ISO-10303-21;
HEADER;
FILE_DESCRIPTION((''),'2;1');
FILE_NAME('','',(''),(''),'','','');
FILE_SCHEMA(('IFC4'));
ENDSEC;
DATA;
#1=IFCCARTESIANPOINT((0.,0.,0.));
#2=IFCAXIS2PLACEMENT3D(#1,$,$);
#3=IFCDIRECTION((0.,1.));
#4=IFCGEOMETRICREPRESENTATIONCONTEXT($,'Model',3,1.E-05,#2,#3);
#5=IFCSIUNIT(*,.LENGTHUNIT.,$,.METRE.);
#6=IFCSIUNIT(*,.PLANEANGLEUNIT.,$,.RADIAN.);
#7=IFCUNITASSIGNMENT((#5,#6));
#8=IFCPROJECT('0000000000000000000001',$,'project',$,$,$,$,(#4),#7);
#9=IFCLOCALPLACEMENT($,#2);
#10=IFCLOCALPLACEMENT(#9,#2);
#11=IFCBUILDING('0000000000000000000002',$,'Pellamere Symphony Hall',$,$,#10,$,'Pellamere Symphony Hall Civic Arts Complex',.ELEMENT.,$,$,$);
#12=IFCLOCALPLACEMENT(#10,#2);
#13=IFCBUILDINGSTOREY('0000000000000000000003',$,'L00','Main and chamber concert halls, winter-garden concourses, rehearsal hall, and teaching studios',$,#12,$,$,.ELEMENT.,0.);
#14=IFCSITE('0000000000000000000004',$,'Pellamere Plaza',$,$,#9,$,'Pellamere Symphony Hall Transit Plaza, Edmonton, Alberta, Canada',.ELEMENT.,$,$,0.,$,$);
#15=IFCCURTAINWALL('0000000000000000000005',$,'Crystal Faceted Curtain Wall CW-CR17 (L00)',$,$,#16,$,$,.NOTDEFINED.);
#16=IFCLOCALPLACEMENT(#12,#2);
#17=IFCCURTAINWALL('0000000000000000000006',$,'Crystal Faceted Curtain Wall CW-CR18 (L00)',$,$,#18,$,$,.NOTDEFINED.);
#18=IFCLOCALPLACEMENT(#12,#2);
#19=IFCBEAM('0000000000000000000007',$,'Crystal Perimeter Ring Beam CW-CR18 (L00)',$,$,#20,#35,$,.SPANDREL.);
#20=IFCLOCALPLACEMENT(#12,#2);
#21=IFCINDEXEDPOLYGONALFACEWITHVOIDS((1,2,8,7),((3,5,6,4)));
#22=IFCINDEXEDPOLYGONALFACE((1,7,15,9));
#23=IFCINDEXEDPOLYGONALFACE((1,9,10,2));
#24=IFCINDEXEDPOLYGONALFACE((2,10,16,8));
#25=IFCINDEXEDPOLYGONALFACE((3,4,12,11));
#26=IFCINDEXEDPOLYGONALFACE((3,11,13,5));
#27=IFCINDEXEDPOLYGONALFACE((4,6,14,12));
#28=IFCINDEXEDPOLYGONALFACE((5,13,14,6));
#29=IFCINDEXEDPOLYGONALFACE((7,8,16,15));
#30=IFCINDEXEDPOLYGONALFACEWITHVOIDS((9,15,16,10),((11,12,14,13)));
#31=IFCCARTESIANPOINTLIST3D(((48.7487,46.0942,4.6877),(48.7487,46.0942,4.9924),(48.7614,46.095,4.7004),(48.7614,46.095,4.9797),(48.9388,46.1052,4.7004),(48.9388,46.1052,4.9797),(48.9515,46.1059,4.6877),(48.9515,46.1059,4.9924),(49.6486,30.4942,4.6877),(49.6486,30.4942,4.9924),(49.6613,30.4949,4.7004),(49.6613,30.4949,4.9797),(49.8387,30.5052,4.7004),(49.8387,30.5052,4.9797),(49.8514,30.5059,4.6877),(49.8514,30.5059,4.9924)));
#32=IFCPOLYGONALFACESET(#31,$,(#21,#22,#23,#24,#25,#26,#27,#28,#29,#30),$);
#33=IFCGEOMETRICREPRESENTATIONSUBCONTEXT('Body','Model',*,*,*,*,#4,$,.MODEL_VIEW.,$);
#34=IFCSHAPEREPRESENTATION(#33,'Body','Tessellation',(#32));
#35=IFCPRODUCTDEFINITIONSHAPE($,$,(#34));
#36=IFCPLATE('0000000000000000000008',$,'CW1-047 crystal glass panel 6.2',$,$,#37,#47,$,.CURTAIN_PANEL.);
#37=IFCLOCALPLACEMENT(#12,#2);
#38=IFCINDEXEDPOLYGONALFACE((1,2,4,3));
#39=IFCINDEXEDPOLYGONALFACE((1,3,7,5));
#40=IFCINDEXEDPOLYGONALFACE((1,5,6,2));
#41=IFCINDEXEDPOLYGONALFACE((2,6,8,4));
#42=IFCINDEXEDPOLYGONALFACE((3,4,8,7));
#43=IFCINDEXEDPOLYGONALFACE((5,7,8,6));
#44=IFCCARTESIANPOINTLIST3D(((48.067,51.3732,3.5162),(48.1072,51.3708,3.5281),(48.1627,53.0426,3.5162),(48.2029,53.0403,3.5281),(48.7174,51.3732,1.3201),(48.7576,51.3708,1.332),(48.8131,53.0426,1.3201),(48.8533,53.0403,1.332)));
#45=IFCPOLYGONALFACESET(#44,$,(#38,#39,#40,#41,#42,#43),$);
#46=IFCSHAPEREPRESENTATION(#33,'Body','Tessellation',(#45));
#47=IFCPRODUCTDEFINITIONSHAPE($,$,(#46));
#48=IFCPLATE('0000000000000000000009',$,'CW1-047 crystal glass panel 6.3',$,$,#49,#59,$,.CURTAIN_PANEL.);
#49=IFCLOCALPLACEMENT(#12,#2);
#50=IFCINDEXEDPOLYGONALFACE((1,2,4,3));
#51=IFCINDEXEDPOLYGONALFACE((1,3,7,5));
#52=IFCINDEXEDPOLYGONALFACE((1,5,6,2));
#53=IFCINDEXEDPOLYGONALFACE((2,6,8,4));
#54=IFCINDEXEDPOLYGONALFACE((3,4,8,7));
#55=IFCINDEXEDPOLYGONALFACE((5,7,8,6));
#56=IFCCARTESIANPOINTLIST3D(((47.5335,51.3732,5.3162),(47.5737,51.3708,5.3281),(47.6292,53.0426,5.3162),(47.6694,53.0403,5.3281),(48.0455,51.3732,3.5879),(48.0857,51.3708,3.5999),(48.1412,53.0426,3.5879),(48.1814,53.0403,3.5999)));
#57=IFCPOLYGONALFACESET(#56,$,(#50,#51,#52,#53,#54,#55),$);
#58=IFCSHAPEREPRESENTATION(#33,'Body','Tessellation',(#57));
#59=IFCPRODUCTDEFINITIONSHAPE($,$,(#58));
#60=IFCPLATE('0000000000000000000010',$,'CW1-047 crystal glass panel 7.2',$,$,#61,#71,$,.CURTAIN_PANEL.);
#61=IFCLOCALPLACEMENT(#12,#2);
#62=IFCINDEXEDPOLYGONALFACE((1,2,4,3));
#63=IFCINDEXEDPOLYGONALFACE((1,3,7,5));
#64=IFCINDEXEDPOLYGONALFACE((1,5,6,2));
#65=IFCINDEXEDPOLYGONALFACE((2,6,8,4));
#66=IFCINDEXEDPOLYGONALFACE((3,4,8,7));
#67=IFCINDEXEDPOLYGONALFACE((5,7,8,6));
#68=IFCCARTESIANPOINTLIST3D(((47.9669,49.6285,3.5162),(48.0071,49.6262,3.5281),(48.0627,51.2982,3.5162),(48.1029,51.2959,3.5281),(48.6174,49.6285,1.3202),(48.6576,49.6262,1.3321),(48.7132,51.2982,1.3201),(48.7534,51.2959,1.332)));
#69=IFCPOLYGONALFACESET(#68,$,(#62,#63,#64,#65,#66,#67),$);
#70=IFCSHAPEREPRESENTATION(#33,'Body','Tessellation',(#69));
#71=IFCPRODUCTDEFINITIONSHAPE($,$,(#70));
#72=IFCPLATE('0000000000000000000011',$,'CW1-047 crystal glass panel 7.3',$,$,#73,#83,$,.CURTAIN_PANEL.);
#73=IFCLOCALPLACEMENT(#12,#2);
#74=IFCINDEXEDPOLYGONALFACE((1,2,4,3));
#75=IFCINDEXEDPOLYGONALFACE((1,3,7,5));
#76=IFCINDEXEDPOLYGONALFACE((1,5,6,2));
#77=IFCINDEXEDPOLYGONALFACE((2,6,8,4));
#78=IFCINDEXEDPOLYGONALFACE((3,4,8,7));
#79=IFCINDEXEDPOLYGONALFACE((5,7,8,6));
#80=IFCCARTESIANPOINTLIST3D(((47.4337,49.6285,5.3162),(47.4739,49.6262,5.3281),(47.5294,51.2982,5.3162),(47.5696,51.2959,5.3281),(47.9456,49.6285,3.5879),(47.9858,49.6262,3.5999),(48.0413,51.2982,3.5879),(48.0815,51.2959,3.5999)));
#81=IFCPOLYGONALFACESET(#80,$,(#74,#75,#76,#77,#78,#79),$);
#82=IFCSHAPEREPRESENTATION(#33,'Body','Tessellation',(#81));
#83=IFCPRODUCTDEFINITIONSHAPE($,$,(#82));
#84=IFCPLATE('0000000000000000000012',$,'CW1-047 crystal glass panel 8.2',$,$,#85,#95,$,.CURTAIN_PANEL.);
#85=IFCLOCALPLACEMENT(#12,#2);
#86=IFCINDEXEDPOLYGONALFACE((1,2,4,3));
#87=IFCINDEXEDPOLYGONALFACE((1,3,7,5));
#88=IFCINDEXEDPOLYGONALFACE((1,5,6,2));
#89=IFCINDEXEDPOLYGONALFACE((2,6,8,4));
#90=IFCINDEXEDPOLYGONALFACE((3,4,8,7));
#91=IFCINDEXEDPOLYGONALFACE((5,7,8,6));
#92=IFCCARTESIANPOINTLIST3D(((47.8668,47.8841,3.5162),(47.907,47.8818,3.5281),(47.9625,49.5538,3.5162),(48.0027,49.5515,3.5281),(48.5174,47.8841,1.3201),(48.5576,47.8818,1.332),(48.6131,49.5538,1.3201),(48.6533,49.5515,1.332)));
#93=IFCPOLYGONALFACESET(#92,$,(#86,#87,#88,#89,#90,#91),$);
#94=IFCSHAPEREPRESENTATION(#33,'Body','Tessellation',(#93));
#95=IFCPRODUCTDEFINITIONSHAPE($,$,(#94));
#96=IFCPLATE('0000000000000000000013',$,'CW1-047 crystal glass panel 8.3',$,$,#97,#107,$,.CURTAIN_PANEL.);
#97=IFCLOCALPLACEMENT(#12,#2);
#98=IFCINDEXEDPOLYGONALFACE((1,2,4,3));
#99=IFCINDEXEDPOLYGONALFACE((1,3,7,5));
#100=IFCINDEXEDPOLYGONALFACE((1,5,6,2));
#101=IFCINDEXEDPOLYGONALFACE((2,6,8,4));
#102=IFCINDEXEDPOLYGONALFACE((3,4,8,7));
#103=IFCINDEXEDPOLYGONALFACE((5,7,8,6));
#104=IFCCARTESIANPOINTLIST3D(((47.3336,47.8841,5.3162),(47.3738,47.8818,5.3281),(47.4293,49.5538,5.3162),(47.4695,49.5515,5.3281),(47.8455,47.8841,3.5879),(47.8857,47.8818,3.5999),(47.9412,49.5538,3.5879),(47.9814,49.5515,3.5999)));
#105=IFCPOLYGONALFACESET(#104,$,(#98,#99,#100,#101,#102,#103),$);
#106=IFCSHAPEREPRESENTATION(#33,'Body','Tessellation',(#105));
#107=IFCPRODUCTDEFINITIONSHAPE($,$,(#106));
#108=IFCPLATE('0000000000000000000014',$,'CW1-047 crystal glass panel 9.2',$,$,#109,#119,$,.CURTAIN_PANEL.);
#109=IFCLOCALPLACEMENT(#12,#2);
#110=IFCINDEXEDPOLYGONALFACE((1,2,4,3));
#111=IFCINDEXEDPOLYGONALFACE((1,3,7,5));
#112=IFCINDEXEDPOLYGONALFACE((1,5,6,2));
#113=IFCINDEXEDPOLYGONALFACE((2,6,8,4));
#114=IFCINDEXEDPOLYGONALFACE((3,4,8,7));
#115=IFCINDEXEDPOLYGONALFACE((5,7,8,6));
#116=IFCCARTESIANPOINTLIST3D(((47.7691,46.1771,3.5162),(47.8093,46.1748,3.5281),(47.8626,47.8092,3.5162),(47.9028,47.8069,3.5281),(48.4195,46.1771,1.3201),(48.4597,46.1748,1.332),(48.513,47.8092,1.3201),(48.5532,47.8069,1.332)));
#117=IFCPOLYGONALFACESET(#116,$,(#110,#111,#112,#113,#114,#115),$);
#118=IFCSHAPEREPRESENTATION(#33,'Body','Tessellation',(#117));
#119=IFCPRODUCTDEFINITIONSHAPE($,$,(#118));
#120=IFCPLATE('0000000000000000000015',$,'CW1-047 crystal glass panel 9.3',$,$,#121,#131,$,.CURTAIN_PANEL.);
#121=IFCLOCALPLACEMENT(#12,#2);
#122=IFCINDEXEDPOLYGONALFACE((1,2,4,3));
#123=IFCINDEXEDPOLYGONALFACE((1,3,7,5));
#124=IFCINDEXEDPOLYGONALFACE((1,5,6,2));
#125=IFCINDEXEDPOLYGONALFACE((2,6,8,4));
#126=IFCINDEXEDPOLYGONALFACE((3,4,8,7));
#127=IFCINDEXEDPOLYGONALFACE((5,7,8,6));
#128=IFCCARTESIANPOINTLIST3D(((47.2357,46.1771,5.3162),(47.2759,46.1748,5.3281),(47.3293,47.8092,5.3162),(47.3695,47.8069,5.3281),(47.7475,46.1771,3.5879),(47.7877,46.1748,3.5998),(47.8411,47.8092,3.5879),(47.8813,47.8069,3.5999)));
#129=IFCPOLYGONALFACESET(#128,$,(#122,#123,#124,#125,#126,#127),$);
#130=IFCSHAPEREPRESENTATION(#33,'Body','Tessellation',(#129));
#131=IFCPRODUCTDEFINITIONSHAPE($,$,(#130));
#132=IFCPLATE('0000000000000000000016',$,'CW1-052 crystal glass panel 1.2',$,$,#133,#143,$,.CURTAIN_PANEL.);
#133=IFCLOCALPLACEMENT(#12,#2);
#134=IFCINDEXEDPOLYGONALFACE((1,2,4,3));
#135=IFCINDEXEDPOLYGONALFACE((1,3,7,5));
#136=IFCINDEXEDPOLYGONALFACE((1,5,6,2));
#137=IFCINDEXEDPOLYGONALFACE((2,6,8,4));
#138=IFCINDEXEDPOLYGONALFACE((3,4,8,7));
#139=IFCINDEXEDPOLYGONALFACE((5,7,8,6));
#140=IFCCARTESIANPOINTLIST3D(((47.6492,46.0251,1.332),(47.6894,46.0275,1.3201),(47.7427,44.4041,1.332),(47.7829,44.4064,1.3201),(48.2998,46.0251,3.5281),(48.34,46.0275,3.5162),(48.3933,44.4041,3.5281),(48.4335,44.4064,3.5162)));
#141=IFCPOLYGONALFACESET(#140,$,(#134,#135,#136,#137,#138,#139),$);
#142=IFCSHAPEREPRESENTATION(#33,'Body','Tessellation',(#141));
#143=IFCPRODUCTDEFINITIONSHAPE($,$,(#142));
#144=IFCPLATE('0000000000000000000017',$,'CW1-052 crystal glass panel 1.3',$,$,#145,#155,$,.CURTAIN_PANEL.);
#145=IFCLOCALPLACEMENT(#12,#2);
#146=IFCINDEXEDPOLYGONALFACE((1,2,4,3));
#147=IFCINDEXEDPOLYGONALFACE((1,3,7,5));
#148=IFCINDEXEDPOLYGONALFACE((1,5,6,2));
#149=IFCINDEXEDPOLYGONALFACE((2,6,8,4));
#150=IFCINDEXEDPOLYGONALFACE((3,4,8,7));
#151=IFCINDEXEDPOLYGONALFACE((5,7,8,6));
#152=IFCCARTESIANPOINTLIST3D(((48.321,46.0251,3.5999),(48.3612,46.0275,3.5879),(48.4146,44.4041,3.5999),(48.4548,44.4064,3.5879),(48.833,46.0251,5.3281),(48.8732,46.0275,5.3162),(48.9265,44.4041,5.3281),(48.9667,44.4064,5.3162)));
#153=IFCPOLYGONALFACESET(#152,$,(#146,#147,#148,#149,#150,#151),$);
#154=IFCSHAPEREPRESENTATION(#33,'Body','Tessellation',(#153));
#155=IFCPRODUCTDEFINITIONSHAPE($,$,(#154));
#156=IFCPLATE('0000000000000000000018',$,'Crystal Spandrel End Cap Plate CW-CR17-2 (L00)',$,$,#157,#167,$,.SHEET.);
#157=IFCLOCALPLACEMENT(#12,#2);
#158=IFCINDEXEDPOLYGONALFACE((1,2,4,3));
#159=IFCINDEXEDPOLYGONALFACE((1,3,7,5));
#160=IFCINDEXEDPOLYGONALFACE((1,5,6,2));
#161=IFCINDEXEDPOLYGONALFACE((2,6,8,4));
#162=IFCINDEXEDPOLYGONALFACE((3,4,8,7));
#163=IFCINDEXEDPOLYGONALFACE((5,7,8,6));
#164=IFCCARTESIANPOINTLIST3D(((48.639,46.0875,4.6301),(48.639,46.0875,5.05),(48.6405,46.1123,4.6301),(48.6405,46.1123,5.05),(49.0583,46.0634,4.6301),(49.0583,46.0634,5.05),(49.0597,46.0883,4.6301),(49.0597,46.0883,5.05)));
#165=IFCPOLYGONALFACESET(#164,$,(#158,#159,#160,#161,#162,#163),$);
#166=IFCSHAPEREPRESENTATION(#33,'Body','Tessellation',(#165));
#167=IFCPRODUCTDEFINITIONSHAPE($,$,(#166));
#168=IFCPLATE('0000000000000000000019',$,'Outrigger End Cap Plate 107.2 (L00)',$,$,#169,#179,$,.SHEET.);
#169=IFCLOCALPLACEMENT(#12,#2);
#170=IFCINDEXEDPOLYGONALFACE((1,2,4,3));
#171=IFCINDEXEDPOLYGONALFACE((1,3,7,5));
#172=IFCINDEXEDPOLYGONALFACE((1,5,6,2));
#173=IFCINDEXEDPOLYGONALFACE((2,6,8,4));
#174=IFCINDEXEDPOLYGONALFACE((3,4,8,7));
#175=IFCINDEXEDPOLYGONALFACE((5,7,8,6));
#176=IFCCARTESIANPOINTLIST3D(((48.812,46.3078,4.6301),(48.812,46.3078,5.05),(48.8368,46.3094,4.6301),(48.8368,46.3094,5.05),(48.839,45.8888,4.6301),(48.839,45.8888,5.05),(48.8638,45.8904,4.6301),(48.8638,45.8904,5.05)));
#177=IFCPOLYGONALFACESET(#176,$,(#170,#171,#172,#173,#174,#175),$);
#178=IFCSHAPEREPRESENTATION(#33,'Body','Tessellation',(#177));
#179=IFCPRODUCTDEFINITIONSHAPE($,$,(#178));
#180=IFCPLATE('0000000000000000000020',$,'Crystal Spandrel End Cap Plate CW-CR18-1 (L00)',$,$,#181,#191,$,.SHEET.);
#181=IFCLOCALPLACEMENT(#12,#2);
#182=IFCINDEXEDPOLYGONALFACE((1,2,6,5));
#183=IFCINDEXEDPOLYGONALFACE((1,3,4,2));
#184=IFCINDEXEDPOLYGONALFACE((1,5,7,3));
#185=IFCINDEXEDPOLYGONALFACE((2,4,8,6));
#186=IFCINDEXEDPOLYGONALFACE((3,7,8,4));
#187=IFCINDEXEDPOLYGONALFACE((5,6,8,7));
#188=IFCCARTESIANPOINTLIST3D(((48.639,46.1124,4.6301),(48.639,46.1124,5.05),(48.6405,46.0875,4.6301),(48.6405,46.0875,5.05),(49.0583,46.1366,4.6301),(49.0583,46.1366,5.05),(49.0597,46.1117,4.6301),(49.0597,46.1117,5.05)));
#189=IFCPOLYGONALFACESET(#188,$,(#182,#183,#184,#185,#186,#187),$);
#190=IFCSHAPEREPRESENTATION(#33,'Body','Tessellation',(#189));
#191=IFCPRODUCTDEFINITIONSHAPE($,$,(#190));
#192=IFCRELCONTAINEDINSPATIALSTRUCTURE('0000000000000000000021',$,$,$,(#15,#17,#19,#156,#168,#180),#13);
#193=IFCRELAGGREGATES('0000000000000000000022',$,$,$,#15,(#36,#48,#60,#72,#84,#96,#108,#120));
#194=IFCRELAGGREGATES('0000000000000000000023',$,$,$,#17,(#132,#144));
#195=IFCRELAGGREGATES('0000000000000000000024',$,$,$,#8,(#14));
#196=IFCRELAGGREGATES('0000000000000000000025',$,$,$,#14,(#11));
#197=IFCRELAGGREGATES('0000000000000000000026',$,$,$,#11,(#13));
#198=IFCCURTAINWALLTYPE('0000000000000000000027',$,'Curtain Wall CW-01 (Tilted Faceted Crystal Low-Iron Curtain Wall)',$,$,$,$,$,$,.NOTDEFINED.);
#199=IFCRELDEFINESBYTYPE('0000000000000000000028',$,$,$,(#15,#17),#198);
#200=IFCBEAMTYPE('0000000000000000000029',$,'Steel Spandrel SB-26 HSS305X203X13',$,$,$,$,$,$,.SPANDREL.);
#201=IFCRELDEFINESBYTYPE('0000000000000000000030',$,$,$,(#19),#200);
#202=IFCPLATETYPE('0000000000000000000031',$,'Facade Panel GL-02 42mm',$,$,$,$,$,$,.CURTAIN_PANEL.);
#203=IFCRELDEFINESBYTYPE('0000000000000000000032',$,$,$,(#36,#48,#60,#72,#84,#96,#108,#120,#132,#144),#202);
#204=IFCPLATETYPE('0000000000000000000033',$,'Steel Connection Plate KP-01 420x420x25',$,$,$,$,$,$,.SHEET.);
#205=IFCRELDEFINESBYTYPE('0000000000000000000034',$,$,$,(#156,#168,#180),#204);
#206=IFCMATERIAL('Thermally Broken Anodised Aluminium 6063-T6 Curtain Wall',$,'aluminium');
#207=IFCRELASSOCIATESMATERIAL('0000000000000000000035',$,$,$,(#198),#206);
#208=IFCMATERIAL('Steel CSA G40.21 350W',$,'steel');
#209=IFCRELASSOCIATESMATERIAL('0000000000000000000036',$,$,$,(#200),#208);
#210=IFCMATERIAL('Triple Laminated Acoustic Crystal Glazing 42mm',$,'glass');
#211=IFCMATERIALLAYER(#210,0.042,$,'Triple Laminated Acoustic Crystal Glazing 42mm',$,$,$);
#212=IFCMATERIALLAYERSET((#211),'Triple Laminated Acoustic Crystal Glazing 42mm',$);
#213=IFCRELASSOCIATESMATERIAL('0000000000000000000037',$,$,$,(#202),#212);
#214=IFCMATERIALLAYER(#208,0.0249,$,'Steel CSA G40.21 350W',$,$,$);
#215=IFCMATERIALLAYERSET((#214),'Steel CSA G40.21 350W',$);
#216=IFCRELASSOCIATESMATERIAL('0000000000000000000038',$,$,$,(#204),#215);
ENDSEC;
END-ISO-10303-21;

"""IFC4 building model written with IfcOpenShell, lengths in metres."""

from ifc_helpers import new_model, si_unit, direction, frame, origin, origin_2d, place, context, subcontext, project, spatial, polyline, rectangle, hollow_rectangle, outline, extrude, material, layer, layer_set, material_profile, profile_set, type_object, element, aggregate, save


model = new_model("IFC4")

# Units and contexts
model_context = context("Model", 3, precision=1e-05, world=origin(), true_north=direction((0.0, 1.0)))
body_context = subcontext(model_context, "Body", "Model", "MODEL_VIEW")
ifc_project = project(units=[si_unit("LENGTHUNIT", "METRE"), si_unit("PLANEANGLEUNIT", "RADIAN")], contexts=[model_context])

# Site, building, storey
site_placement = place(None, origin())
site = spatial("IfcSite", under=ifc_project, at=site_placement, Name="Pellamere Plaza", LongName="Pellamere Symphony Hall Transit Plaza, Edmonton, Alberta, Canada", CompositionType="ELEMENT", RefElevation=0.0)
building_placement = place(site_placement, origin())
building = spatial("IfcBuilding", under=site, at=building_placement, Name="Pellamere Symphony Hall", LongName="Pellamere Symphony Hall Civic Arts Complex", CompositionType="ELEMENT")
storey_placement = place(building_placement, origin())
storey = spatial("IfcBuildingStorey", under=building, at=storey_placement, Name="L00", Description="Main and chamber concert halls, winter-garden concourses, rehearsal hall, and teaching studios", CompositionType="ELEMENT", Elevation=0.0)

# Curtain walls
ifc_material_1 = material(Name="Thermally Broken Anodised Aluminium 6063-T6 Curtain Wall", Category="aluminium")
curtain_wall_type = type_object("IfcCurtainWallType", Name="Curtain Wall CW-01 (Tilted Faceted Crystal Low-Iron Curtain Wall)", PredefinedType="NOTDEFINED", material=ifc_material_1)
curtain_wall_1_placement = place(storey_placement, origin())
curtain_wall_1 = element("IfcCurtainWall", 1, at=curtain_wall_1_placement, inside=storey, type_object=curtain_wall_type, Name="Crystal Faceted Curtain Wall CW-CR17 (L00)", PredefinedType="NOTDEFINED")
curtain_wall_2_placement = place(storey_placement, origin())
curtain_wall_2 = element("IfcCurtainWall", 2, at=curtain_wall_2_placement, inside=storey, type_object=curtain_wall_type, Name="Crystal Faceted Curtain Wall CW-CR18 (L00)", PredefinedType="NOTDEFINED")

# Beam
ifc_material_2 = material(Name="Steel CSA G40.21 350W", Category="steel")
ifc_material_profile_1 = material_profile(ifc_material_2, hollow_rectangle(XDim=0.2031, YDim=0.3047, WallThickness=0.0127, at=origin_2d()), Name="HSS305X203X13")
ifc_profile_set_1 = profile_set([ifc_material_profile_1], Name="Steel CSA G40.21 350W")
beam_type_1 = type_object("IfcBeamType", Name="Steel Spandrel SB-26 HSS305X203X13", PredefinedType="SPANDREL", material=ifc_profile_set_1)
beam_1_placement = place(storey_placement, frame((48.8501, 46.1001, 4.8401), z_axis=(0.05759, -0.99834, 0.0), x_axis=(0.99834, 0.05759, 0.0)))
element("IfcBeam", 3, at=beam_1_placement, inside=storey, type_object=beam_type_1, Name="Crystal Perimeter Ring Beam CW-CR18 (L00)", PredefinedType="SPANDREL", context=body_context, shape_type="SweptSolid", body=[
    extrude(hollow_rectangle(XDim=0.2031, YDim=0.3047, WallThickness=0.0127, at=origin_2d()), origin(), (0.0, 0.0, 1.0), 15.626),
])

# Plates
ifc_material_3 = material(Name="Triple Laminated Acoustic Crystal Glazing 42mm", Category="glass")
ifc_layer_1 = layer(ifc_material_3, 0.042, Name="Triple Laminated Acoustic Crystal Glazing 42mm")
ifc_layer_set_1 = layer_set([ifc_layer_1], Name="Triple Laminated Acoustic Crystal Glazing 42mm")
plate_type_1 = type_object("IfcPlateType", Name="Facade Panel GL-02 42mm", PredefinedType="CURTAIN_PANEL", material=ifc_layer_set_1)
plate_1_placement = place(storey_placement, frame((48.8533, 53.0403, 1.332), z_axis=(0.957387, -0.054884, 0.283544), x_axis=(-0.057233, -0.998361, 0.0)))
plate_1 = element("IfcPlate", 4, at=plate_1_placement, type_object=plate_type_1, Name="CW1-047 crystal glass panel 6.2", PredefinedType="CURTAIN_PANEL", context=body_context, shape_type="SweptSolid", body=[
    extrude(outline(polyline([(0.0, 0.0), (1.6722, 0.0), (1.7094, -2.29), (0.0372, -2.29), (0.0, 0.0)])), origin(), (0.0, 0.0, -1.0), 0.042),
])
plate_2_placement = place(storey_placement, frame((48.1814, 53.0403, 3.5999), z_axis=(0.957371, -0.054883, 0.2836), x_axis=(-0.057233, -0.998361, 0.0)))
plate_2 = element("IfcPlate", 5, at=plate_2_placement, type_object=plate_type_1, Name="CW1-047 crystal glass panel 6.3", PredefinedType="CURTAIN_PANEL", context=body_context, shape_type="SweptSolid", body=[
    extrude(outline(polyline([(0.0, 0.0), (1.6722, 0.0), (1.7015, -1.8023), (0.0293, -1.8023), (0.0, 0.0)])), origin(), (0.0, 0.0, -1.0), 0.042),
])
plate_3_placement = place(storey_placement, frame((48.7534, 51.2959, 1.332), z_axis=(0.95737, -0.054945, 0.283592), x_axis=(-0.057303, -0.998357, 0.00002)))
plate_3 = element("IfcPlate", 6, at=plate_3_placement, type_object=plate_type_1, Name="CW1-047 crystal glass panel 7.2", PredefinedType="CURTAIN_PANEL", context=body_context, shape_type="SweptSolid", body=[
    extrude(outline(polyline([(0.0, 0.0), (1.6724, 0.0), (1.7097, -2.29), (0.0373, -2.2901), (0.0, 0.0)])), origin(), (0.0, 0.0, -1.0), 0.042),
])
plate_4_placement = place(storey_placement, frame((48.0815, 51.2959, 3.5999), z_axis=(0.957371, -0.054875, 0.2836), x_axis=(-0.057224, -0.998361, 0.0)))
plate_4 = element("IfcPlate", 7, at=plate_4_placement, type_object=plate_type_1, Name="CW1-047 crystal glass panel 7.3", PredefinedType="CURTAIN_PANEL", context=body_context, shape_type="SweptSolid", body=[
    extrude(outline(polyline([(0.0, 0.0), (1.6724, 0.0), (1.7017, -1.8023), (0.0293, -1.8023), (0.0, 0.0)])), origin(), (0.0, 0.0, -1.0), 0.042),
])
plate_5_placement = place(storey_placement, frame((48.6533, 49.5515, 1.332), z_axis=(0.957359, -0.054874, 0.283642), x_axis=(-0.057224, -0.998361, 0.0)))
plate_5 = element("IfcPlate", 8, at=plate_5_placement, type_object=plate_type_1, Name="CW1-047 crystal glass panel 8.2", PredefinedType="CURTAIN_PANEL", context=body_context, shape_type="SweptSolid", body=[
    extrude(outline(polyline([(0.0, 0.0), (1.6724, 0.0), (1.7097, -2.2901), (0.0372, -2.2901), (0.0, 0.0)])), origin(), (0.0, 0.0, -1.0), 0.042),
])
plate_6_placement = place(storey_placement, frame((47.9814, 49.5515, 3.5999), z_axis=(0.957371, -0.054875, 0.2836), x_axis=(-0.057224, -0.998361, 0.0)))
plate_6 = element("IfcPlate", 9, at=plate_6_placement, type_object=plate_type_1, Name="CW1-047 crystal glass panel 8.3", PredefinedType="CURTAIN_PANEL", context=body_context, shape_type="SweptSolid", body=[
    extrude(outline(polyline([(0.0, 0.0), (1.6724, 0.0), (1.7017, -1.8023), (0.0293, -1.8023), (0.0, 0.0)])), origin(), (0.0, 0.0, -1.0), 0.042),
])
plate_7_placement = place(storey_placement, frame((48.5532, 47.8069, 1.332), z_axis=(0.957389, -0.054851, 0.283545), x_axis=(-0.057199, -0.998363, 0.0)))
plate_7 = element("IfcPlate", 10, at=plate_7_placement, type_object=plate_type_1, Name="CW1-047 crystal glass panel 9.2", PredefinedType="CURTAIN_PANEL", context=body_context, shape_type="SweptSolid", body=[
    extrude(outline(polyline([(0.0, 0.0), (1.6348, 0.0), (1.672, -2.29), (0.0372, -2.29), (0.0, 0.0)])), origin(), (0.0, 0.0, -1.0), 0.042),
])
plate_8_placement = place(storey_placement, frame((47.8813, 47.8069, 3.5999), z_axis=(0.957387, -0.054923, 0.283538), x_axis=(-0.057267, -0.998359, -0.00002)))
plate_8 = element("IfcPlate", 11, at=plate_8_placement, type_object=plate_type_1, Name="CW1-047 crystal glass panel 9.3", PredefinedType="CURTAIN_PANEL", context=body_context, shape_type="SweptSolid", body=[
    extrude(outline(polyline([(0.0, 0.0), (1.6348, 0.0), (1.664, -1.8023), (0.0293, -1.8022), (0.0, 0.0)])), origin(), (0.0, 0.0, -1.0), 0.042),
])
aggregate(curtain_wall_1, [plate_1, plate_2, plate_3, plate_4, plate_5, plate_6, plate_7, plate_8])
plate_9_placement = place(storey_placement, frame((47.6492, 46.0251, 1.332), z_axis=(-0.957341, -0.05522, 0.283637), x_axis=(0.057585, -0.998341, 0.0)))
plate_9 = element("IfcPlate", 12, at=plate_9_placement, type_object=plate_type_1, Name="CW1-052 crystal glass panel 1.2", PredefinedType="CURTAIN_PANEL", context=body_context, shape_type="SweptSolid", body=[
    extrude(outline(polyline([(0.0, 0.0), (1.6238, 0.0), (1.6613, 2.2901), (0.0375, 2.2901), (0.0, 0.0)])), origin(), (0.0, 0.0, -1.0), 0.042),
])
plate_10_placement = place(storey_placement, frame((48.321, 46.0251, 3.5999), z_axis=(-0.957353, -0.055221, 0.283595), x_axis=(0.057585, -0.998341, 0.0)))
plate_10 = element("IfcPlate", 13, at=plate_10_placement, type_object=plate_type_1, Name="CW1-052 crystal glass panel 1.3", PredefinedType="CURTAIN_PANEL", context=body_context, shape_type="SweptSolid", body=[
    extrude(outline(polyline([(0.0, 0.0), (1.6238, 0.0), (1.6533, 1.8023), (0.0295, 1.8023), (0.0, 0.0)])), origin(), (0.0, 0.0, -1.0), 0.042),
])
aggregate(curtain_wall_2, [plate_9, plate_10])

# Plates
ifc_layer_2 = layer(ifc_material_2, 0.0249, Name="Steel CSA G40.21 350W")
ifc_layer_set_2 = layer_set([ifc_layer_2], Name="Steel CSA G40.21 350W")
plate_type_2 = type_object("IfcPlateType", Name="Steel Connection Plate KP-01 420x420x25", PredefinedType="SHEET", material=ifc_layer_set_2)
for number, where, z_axis, x_axis, name in (
    (14, (48.8494, 46.0879, 4.6301), (0.0, 0.0, 1.0), (-0.057216, -0.998362, 0.0), "Crystal Spandrel End Cap Plate CW-CR17-2 (L00)"),
    (15, (48.8379, 46.0991, 4.6301), (0.0, 0.0, 1.0), (-0.997927, -0.064358, 0.0), "Outrigger End Cap Plate 107.2 (L00)"),
    (16, (48.8494, 46.1121, 4.6301), (0.0, 0.0, 1.0), (0.057564, -0.998342, 0.0), "Crystal Spandrel End Cap Plate CW-CR18-1 (L00)"),
):
    element("IfcPlate", number, at=place(storey_placement, frame(where, z_axis=z_axis, x_axis=x_axis)), inside=storey, type_object=plate_type_2, Name=name, PredefinedType="SHEET", context=body_context, shape_type="SweptSolid", body=[
        extrude(rectangle(XDim=0.0249, YDim=0.4199, at=origin_2d()), origin(), (0.0, 0.0, 1.0), 0.4199),
    ])

save(model, "model.ifc")
